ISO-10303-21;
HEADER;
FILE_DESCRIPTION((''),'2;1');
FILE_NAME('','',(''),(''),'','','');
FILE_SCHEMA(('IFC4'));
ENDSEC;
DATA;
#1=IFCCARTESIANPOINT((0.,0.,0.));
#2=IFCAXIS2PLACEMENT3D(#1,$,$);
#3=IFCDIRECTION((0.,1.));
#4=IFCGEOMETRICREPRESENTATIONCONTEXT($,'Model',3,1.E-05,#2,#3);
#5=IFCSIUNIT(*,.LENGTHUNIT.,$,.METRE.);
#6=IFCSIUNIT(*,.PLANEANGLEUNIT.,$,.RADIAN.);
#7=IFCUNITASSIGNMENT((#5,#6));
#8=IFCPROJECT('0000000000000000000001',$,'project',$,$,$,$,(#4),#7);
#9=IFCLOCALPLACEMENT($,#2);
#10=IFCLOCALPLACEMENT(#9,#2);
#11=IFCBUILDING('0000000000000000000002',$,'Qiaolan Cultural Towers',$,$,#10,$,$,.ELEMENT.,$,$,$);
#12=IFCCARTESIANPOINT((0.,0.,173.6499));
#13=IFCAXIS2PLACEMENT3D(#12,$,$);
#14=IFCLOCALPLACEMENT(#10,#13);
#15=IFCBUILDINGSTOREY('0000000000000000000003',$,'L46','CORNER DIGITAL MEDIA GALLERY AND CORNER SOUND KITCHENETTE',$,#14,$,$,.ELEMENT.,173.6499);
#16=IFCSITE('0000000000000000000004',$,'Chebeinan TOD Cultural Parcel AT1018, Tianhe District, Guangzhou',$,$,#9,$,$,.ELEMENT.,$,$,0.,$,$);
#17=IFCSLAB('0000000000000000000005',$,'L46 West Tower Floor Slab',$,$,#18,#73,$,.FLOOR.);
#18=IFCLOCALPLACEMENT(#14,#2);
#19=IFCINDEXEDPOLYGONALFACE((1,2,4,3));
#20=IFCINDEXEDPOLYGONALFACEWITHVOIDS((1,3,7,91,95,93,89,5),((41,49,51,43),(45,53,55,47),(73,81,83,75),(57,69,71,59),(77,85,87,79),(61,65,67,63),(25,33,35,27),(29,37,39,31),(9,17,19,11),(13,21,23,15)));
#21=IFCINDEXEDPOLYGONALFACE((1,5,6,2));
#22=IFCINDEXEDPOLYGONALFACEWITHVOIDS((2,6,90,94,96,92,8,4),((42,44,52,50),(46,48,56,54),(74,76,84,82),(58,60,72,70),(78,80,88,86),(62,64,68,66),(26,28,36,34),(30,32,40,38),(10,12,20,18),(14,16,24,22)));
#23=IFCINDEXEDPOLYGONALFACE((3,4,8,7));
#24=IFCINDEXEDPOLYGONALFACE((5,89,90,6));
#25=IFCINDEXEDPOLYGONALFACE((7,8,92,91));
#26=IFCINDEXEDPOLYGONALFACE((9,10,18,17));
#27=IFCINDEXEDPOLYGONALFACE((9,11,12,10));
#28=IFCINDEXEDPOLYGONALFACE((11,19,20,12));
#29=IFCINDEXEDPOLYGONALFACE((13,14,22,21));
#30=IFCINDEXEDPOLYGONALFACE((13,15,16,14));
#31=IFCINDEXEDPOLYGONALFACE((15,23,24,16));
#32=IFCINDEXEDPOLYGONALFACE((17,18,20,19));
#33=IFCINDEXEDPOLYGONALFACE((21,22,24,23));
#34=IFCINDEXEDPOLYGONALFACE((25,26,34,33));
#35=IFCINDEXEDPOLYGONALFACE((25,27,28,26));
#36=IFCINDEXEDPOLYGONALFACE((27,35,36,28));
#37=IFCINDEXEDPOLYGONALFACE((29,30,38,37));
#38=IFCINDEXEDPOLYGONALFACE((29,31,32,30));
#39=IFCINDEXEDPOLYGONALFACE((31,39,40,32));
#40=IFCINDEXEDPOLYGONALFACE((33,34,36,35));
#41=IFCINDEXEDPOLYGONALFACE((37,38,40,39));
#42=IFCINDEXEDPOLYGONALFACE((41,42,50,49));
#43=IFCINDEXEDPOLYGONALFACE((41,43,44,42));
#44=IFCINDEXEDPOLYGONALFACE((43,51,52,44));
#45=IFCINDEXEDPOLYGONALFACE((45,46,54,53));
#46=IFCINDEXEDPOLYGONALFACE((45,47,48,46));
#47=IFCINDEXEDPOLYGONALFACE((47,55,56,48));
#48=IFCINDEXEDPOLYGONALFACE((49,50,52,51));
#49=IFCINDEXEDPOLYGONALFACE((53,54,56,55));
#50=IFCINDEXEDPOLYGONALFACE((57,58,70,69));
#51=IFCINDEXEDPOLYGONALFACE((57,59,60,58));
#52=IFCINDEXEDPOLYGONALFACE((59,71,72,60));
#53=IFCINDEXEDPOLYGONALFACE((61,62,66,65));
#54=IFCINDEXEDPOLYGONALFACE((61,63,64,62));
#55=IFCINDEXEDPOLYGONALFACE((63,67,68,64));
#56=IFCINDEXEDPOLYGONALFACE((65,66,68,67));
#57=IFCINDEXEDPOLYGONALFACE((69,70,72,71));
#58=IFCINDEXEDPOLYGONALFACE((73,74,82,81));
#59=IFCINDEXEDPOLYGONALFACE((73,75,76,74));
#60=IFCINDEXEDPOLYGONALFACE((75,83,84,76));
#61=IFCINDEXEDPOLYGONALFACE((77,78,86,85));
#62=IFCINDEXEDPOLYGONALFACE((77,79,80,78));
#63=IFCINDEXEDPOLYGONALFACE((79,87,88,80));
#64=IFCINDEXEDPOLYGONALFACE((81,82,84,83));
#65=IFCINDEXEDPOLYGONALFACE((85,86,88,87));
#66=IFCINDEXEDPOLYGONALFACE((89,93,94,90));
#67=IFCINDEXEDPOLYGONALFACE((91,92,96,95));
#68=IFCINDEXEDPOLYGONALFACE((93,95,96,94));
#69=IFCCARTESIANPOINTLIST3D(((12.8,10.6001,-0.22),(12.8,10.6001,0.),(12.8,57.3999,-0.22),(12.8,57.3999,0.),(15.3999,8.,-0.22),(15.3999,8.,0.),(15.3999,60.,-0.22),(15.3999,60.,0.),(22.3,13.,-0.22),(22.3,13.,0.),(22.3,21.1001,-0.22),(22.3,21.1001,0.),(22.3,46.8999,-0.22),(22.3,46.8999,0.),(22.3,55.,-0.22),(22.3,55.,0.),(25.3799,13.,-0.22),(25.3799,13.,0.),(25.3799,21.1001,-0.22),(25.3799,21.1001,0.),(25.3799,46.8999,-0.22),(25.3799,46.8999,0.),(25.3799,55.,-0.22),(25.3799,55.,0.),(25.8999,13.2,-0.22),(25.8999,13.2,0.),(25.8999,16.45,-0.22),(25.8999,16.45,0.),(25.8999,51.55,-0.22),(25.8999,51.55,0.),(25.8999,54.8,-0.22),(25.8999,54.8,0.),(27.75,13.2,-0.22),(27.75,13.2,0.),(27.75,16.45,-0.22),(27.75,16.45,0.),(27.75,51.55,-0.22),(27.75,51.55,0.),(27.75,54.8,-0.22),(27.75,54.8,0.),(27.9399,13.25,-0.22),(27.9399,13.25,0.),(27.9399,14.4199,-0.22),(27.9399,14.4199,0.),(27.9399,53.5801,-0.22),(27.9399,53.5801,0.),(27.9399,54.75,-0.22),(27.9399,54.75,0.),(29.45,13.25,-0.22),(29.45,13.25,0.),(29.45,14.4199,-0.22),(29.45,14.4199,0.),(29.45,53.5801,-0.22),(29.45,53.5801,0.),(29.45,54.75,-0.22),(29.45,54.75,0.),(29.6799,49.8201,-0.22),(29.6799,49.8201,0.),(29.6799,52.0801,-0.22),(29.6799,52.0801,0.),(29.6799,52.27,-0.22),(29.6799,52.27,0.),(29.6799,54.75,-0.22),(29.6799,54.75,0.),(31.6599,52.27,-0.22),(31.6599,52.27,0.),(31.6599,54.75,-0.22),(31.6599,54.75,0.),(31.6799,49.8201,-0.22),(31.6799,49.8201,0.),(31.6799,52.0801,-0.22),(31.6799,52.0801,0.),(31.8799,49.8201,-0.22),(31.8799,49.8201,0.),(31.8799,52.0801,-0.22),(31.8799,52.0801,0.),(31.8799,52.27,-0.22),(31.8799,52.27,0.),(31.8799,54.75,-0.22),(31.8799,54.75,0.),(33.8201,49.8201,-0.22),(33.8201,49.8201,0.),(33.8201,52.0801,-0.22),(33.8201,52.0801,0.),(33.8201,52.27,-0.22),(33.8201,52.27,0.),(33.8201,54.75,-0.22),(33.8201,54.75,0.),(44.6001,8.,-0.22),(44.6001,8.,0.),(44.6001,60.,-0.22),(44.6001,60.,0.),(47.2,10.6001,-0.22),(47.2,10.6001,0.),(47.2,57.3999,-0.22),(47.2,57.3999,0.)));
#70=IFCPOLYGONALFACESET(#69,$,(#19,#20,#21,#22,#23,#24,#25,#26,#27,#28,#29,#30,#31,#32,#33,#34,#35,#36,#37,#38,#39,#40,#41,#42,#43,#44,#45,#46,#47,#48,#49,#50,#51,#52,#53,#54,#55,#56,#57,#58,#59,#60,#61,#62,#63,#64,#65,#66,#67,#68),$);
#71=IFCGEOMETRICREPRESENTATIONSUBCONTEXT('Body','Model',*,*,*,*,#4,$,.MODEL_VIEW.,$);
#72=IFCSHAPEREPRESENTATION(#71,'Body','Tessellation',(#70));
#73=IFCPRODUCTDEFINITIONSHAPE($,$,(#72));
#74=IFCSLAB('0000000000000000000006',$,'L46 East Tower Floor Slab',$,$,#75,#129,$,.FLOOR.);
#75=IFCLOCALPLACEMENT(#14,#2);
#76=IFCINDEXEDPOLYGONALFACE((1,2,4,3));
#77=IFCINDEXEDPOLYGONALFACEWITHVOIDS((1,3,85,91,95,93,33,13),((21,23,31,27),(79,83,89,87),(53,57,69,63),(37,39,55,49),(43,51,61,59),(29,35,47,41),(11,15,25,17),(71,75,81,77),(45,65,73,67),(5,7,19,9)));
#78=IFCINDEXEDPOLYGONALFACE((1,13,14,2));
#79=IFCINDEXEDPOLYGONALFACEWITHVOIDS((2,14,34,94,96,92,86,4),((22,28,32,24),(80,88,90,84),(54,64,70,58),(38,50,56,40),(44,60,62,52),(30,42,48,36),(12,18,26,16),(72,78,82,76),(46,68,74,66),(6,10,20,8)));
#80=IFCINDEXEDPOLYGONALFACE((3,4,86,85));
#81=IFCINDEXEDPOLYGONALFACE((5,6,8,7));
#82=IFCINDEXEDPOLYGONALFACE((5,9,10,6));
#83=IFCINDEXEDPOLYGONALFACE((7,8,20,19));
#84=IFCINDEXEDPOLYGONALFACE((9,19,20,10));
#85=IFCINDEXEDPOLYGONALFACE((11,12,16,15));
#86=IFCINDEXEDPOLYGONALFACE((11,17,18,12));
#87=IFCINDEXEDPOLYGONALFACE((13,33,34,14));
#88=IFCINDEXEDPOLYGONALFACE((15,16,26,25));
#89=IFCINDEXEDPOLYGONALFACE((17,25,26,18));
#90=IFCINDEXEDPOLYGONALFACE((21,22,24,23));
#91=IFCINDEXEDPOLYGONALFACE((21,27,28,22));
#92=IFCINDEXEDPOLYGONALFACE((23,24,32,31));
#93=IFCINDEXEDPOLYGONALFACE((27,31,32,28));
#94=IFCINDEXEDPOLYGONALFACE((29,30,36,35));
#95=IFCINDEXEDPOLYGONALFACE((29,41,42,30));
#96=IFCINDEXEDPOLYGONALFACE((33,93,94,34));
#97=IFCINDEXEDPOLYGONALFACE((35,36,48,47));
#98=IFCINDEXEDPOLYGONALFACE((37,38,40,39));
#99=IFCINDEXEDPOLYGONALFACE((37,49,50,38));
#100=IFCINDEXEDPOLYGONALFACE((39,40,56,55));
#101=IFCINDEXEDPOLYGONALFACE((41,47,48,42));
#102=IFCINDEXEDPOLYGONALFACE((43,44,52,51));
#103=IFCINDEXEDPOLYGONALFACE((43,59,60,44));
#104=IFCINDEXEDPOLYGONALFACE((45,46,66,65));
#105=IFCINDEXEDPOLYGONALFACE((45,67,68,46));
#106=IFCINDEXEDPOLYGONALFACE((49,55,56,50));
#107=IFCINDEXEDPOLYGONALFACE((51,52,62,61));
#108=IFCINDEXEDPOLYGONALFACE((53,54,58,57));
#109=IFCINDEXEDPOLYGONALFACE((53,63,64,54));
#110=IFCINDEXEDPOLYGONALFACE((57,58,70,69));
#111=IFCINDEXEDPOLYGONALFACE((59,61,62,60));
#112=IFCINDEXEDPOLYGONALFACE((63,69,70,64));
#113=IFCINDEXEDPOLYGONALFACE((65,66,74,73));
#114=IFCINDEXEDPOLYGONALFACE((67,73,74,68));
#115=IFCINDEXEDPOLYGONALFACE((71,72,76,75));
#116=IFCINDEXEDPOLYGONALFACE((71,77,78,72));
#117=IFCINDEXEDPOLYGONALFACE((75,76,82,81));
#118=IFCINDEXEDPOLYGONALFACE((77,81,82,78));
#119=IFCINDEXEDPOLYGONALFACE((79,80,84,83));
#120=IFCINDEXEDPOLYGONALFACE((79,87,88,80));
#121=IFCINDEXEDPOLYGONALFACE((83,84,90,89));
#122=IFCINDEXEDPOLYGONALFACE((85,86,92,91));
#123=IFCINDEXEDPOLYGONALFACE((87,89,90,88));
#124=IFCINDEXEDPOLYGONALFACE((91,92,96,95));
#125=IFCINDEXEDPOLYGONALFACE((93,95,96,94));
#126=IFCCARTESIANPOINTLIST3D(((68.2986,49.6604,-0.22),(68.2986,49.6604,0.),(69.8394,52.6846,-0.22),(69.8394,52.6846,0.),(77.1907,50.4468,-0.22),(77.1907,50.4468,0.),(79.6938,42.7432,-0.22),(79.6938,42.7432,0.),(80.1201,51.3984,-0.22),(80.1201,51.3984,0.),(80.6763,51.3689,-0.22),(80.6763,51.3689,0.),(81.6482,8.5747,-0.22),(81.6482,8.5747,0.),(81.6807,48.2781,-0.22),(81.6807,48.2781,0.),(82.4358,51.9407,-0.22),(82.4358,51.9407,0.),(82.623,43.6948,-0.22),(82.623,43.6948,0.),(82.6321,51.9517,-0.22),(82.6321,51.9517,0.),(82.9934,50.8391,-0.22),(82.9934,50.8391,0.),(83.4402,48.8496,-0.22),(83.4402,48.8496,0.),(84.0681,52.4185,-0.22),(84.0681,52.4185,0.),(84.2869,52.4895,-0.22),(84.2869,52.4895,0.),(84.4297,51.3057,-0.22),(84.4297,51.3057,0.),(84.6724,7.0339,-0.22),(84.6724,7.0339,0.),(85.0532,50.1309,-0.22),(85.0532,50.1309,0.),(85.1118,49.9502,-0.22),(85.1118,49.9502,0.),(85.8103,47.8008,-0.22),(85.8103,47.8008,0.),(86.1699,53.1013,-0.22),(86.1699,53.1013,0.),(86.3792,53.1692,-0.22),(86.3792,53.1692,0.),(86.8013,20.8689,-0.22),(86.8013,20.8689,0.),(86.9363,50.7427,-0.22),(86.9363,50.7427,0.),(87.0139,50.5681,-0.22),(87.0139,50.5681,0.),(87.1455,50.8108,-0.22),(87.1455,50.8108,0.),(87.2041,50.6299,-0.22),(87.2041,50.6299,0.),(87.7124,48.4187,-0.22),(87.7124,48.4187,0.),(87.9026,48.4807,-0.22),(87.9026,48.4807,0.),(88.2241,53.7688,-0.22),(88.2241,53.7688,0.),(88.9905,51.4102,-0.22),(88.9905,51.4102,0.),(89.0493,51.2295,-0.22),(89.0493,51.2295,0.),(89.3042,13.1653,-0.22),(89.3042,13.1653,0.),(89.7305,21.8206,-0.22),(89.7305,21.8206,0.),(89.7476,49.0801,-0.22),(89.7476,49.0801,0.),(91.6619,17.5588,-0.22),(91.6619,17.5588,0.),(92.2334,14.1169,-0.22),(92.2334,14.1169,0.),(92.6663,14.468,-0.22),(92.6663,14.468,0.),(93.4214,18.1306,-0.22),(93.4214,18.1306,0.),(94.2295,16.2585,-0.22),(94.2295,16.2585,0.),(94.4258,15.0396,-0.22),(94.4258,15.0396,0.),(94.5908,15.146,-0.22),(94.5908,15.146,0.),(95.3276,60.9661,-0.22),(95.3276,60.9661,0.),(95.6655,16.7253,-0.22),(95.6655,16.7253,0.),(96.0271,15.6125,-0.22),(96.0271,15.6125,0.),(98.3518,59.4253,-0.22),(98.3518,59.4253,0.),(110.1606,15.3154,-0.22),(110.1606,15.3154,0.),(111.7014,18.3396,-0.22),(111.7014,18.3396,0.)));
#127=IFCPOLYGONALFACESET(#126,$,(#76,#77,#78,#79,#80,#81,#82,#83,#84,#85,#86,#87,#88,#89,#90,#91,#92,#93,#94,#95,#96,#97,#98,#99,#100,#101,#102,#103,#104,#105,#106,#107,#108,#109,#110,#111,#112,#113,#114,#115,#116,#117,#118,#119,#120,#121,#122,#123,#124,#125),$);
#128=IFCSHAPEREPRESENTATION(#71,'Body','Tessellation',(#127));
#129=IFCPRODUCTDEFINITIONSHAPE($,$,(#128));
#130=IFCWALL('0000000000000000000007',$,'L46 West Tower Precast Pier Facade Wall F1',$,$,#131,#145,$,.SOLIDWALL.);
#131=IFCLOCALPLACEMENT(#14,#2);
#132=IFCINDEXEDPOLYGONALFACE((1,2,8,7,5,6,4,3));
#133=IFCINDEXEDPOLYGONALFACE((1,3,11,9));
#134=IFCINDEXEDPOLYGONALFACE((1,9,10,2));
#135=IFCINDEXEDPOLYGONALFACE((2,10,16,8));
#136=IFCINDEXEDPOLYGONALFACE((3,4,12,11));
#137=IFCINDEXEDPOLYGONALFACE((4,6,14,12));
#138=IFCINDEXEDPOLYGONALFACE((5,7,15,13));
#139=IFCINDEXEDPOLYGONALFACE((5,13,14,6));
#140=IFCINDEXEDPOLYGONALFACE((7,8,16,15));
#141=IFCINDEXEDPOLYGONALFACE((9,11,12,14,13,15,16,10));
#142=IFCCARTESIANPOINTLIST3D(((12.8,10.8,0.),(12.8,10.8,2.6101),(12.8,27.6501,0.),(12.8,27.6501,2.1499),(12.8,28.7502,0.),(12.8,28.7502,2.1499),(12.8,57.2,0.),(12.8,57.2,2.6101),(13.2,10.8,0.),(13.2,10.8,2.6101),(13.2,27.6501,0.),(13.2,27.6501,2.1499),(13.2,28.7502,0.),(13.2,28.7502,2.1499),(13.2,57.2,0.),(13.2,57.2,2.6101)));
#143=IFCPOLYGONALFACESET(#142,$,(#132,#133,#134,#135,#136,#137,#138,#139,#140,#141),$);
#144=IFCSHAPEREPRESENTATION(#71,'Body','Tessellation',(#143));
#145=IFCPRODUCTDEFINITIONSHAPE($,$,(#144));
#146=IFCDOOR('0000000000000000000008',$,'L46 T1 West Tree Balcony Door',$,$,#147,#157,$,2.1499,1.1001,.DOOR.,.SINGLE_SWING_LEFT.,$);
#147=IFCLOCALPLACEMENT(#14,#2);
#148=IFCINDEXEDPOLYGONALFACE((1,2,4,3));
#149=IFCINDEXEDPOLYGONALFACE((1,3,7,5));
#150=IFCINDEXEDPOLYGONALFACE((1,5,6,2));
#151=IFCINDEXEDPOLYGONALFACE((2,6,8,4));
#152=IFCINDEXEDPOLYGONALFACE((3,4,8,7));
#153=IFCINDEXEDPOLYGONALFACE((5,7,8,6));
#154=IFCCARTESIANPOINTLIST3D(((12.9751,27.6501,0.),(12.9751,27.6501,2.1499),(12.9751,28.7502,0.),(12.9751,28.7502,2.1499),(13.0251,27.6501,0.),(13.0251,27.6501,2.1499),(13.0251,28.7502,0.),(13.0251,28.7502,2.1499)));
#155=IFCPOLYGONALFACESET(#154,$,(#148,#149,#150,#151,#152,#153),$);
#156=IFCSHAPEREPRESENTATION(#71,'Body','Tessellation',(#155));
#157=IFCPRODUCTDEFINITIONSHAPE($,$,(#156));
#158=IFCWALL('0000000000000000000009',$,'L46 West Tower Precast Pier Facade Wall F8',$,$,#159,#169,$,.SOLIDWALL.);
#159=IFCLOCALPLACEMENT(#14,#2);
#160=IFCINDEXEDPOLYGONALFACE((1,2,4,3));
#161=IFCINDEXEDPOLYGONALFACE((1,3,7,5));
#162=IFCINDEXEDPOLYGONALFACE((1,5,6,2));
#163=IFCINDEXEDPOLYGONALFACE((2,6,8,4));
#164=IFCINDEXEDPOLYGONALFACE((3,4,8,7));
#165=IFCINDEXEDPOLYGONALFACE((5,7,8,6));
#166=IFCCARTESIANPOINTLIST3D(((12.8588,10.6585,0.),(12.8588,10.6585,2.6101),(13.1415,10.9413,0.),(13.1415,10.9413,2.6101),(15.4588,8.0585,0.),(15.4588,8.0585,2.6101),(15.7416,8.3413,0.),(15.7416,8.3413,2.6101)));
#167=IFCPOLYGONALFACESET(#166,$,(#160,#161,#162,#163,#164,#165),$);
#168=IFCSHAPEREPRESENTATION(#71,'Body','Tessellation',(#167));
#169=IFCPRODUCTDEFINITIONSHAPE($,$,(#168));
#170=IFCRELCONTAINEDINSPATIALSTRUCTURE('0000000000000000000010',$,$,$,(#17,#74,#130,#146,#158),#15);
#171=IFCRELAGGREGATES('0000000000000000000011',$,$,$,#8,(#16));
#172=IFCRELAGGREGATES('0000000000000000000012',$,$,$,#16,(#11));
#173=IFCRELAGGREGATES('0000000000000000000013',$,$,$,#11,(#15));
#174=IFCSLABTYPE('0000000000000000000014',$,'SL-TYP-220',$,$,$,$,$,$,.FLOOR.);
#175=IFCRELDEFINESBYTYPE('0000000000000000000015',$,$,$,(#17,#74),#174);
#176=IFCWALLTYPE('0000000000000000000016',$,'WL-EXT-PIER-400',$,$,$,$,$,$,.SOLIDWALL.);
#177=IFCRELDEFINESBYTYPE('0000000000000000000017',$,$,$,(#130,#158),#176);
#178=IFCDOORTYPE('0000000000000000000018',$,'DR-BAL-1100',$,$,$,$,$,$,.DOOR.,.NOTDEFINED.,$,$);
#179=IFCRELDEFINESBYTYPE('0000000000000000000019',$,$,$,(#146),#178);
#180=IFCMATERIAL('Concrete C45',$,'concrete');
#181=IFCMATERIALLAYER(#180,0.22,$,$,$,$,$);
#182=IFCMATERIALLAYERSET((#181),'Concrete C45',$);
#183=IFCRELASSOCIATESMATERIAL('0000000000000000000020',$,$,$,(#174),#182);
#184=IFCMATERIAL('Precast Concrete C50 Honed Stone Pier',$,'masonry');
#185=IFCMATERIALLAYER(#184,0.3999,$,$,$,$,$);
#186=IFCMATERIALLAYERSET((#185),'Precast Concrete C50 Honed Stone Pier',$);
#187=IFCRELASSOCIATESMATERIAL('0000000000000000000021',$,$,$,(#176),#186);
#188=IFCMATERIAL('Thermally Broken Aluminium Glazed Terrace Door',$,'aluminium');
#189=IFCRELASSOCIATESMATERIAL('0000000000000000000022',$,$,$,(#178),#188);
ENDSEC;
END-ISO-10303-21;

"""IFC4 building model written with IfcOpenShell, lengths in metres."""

from ifc_helpers import new_model, si_unit, direction, frame, frame_2d, origin, place, context, subcontext, project, spatial, polyline, rectangle, outline, extrude, material, layer, layer_set, type_object, element, fill, save


model = new_model("IFC4")

# Units and contexts
model_context = context("Model", 3, precision=1e-05, world=origin(), true_north=direction((0.0, 1.0)))
body_context = subcontext(model_context, "Body", "Model", "MODEL_VIEW")
ifc_project = project(units=[si_unit("LENGTHUNIT", "METRE"), si_unit("PLANEANGLEUNIT", "RADIAN")], contexts=[model_context])

# Site, building, storey
site_placement = place(None, origin())
site = spatial("IfcSite", under=ifc_project, at=site_placement, Name="Chebeinan TOD Cultural Parcel AT1018, Tianhe District, Guangzhou", CompositionType="ELEMENT", RefElevation=0.0)
building_placement = place(site_placement, origin())
building = spatial("IfcBuilding", under=site, at=building_placement, Name="Qiaolan Cultural Towers", CompositionType="ELEMENT")
storey_placement = place(building_placement, frame((0.0, 0.0, 173.6499)))
storey = spatial("IfcBuildingStorey", under=building, at=storey_placement, Name="L46", Description="CORNER DIGITAL MEDIA GALLERY AND CORNER SOUND KITCHENETTE", CompositionType="ELEMENT", Elevation=173.6499)

# Slabs
ifc_material_1 = material(Name="Concrete C45", Category="concrete")
ifc_layer_1 = layer(ifc_material_1, 0.22)
ifc_layer_set_1 = layer_set([ifc_layer_1], Name="Concrete C45")
slab_type_1 = type_object("IfcSlabType", Name="SL-TYP-220", PredefinedType="FLOOR", material=ifc_layer_set_1)
slab_1_placement = place(storey_placement, frame((0.0, 0.0, -0.22)))
element("IfcSlab", 1, at=slab_1_placement, inside=storey, type_object=slab_type_1, Name="L46 West Tower Floor Slab", PredefinedType="FLOOR", context=body_context, shape_type="SweptSolid", body=[
    extrude(outline(polyline([(15.3999, 8.0), (44.6001, 8.0), (47.2, 10.6001), (47.2, 57.3999), (44.6001, 60.0), (15.3999, 60.0), (12.8, 57.3999), (12.8, 10.6001), (15.3999, 8.0)]), holes=[polyline([(22.3, 21.1001), (22.3, 13.0), (25.3799, 13.0), (25.3799, 21.1001), (22.3, 21.1001)]), polyline([(25.3799, 46.8999), (25.3799, 55.0), (22.3, 55.0), (22.3, 46.8999), (25.3799, 46.8999)]), polyline([(25.8999, 13.2), (27.75, 13.2), (27.75, 16.45), (25.8999, 16.45), (25.8999, 13.2)]), polyline([(27.9399, 13.25), (29.45, 13.25), (29.45, 14.4199), (27.9399, 14.4199), (27.9399, 13.25)]), polyline([(25.8999, 51.55), (27.75, 51.55), (27.75, 54.8), (25.8999, 54.8), (25.8999, 51.55)]), polyline([(27.9399, 53.5801), (29.45, 53.5801), (29.45, 54.75), (27.9399, 54.75), (27.9399, 53.5801)]), polyline([(29.6799, 49.8201), (31.6799, 49.8201), (31.6799, 52.0801), (29.6799, 52.0801), (29.6799, 49.8201)]), polyline([(31.8799, 49.8201), (33.8201, 49.8201), (33.8201, 52.0801), (31.8799, 52.0801), (31.8799, 49.8201)]), polyline([(29.6799, 52.27), (31.6599, 52.27), (31.6599, 54.75), (29.6799, 54.75), (29.6799, 52.27)]), polyline([(31.8799, 52.27), (33.8201, 52.27), (33.8201, 54.75), (31.8799, 54.75), (31.8799, 52.27)])]), origin(), (0.0, 0.0, 1.0), 0.22),
])
slab_2_placement = place(storey_placement, frame((0.0, 0.0, -0.22)))
element("IfcSlab", 2, at=slab_2_placement, inside=storey, type_object=slab_type_1, Name="L46 East Tower Floor Slab", PredefinedType="FLOOR", context=body_context, shape_type="SweptSolid", body=[
    extrude(outline(polyline([(84.6724, 7.0339), (110.1606, 15.3154), (111.7014, 18.3396), (98.3518, 59.4253), (95.3276, 60.9661), (69.8394, 52.6846), (68.2986, 49.6604), (81.6482, 8.5747), (84.6724, 7.0339)]), holes=[polyline([(86.8013, 20.8689), (89.3042, 13.1653), (92.2334, 14.1169), (89.7305, 21.8206), (86.8013, 20.8689)]), polyline([(82.623, 43.6948), (80.1201, 51.3984), (77.1907, 50.4468), (79.6938, 42.7432), (82.623, 43.6948)]), polyline([(92.6663, 14.468), (94.4258, 15.0396), (93.4214, 18.1306), (91.6619, 17.5588), (92.6663, 14.468)]), polyline([(94.5908, 15.146), (96.0271, 15.6125), (95.6655, 16.7253), (94.2295, 16.2585), (94.5908, 15.146)]), polyline([(81.6807, 48.2781), (83.4402, 48.8496), (82.4358, 51.9407), (80.6763, 51.3689), (81.6807, 48.2781)]), polyline([(82.9934, 50.8391), (84.4297, 51.3057), (84.0681, 52.4185), (82.6321, 51.9517), (82.9934, 50.8391)]), polyline([(85.8103, 47.8008), (87.7124, 48.4187), (87.0139, 50.5681), (85.1118, 49.9502), (85.8103, 47.8008)]), polyline([(87.9026, 48.4807), (89.7476, 49.0801), (89.0493, 51.2295), (87.2041, 50.6299), (87.9026, 48.4807)]), polyline([(85.0532, 50.1309), (86.9363, 50.7427), (86.1699, 53.1013), (84.2869, 52.4895), (85.0532, 50.1309)]), polyline([(87.1455, 50.8108), (88.9905, 51.4102), (88.2241, 53.7688), (86.3792, 53.1692), (87.1455, 50.8108)])]), origin(), (0.0, 0.0, 1.0), 0.22),
])

# Wall, opening, door
ifc_material_2 = material(Name="Precast Concrete C50 Honed Stone Pier", Category="masonry")
ifc_layer_2 = layer(ifc_material_2, 0.3999)
ifc_layer_set_2 = layer_set([ifc_layer_2], Name="Precast Concrete C50 Honed Stone Pier")
wall_type_1 = type_object("IfcWallType", Name="WL-EXT-PIER-400", PredefinedType="SOLIDWALL", material=ifc_layer_set_2)
wall_1_placement = place(storey_placement, frame((13.0, 10.8, 0.0), z_axis=(0.0, 0.0, 1.0), x_axis=(0.0, 1.0, 0.0)))
wall_1 = element("IfcWall", 3, at=wall_1_placement, inside=storey, type_object=wall_type_1, Name="L46 West Tower Precast Pier Facade Wall F1", PredefinedType="SOLIDWALL", context=body_context, shape_type="SweptSolid", body=[
    extrude(rectangle(XDim=46.3999, YDim=0.3999, at=frame_2d((23.2, 0.0))), origin(), (0.0, 0.0, 1.0), 2.6101),
])
opening_placement = place(wall_1_placement, frame((16.8501, 0.0, 0.0)))
opening = element("IfcOpeningElement", 4, at=opening_placement, cuts=wall_1, PredefinedType="OPENING", context=body_context, shape_type="SweptSolid", body=[
    extrude(rectangle(XDim=1.1001, YDim=2.1499, at=frame_2d((0.55, 1.075))), frame((0.0, 0.21, 0.0), z_axis=(0.0, -1.0, 0.0), x_axis=(1.0, 0.0, 0.0)), (0.0, 0.0, 1.0), 0.4199),
])
ifc_material_3 = material(Name="Thermally Broken Aluminium Glazed Terrace Door", Category="aluminium")
door_type = type_object("IfcDoorType", Name="DR-BAL-1100", OperationType="NOTDEFINED", PredefinedType="DOOR", material=ifc_material_3)
door_placement = place(opening_placement, origin())
door = element("IfcDoor", 5, at=door_placement, inside=storey, type_object=door_type, Name="L46 T1 West Tree Balcony Door", OperationType="SINGLE_SWING_LEFT", OverallHeight=2.1499, OverallWidth=1.1001, PredefinedType="DOOR", context=body_context, shape_type="SweptSolid", body=[
    extrude(rectangle(XDim=1.1001, YDim=2.1499, at=frame_2d((0.55, 1.075))), frame((0.0, 0.0249, 0.0), z_axis=(0.0, -1.0, 0.0), x_axis=(1.0, 0.0, 0.0)), (0.0, 0.0, 1.0), 0.05),
])
fill(opening, door)

# Wall
wall_2_placement = place(storey_placement, frame((15.6001, 8.2, 0.0), z_axis=(0.0, 0.0, 1.0), x_axis=(-0.707107, 0.707107, 0.0)))
element("IfcWall", 6, at=wall_2_placement, inside=storey, type_object=wall_type_1, Name="L46 West Tower Precast Pier Facade Wall F8", PredefinedType="SOLIDWALL", context=body_context, shape_type="SweptSolid", body=[
    extrude(rectangle(XDim=3.677, YDim=0.3999, at=frame_2d((1.8384, 0.0))), origin(), (0.0, 0.0, 1.0), 2.6101),
])

save(model, "model.ifc")
